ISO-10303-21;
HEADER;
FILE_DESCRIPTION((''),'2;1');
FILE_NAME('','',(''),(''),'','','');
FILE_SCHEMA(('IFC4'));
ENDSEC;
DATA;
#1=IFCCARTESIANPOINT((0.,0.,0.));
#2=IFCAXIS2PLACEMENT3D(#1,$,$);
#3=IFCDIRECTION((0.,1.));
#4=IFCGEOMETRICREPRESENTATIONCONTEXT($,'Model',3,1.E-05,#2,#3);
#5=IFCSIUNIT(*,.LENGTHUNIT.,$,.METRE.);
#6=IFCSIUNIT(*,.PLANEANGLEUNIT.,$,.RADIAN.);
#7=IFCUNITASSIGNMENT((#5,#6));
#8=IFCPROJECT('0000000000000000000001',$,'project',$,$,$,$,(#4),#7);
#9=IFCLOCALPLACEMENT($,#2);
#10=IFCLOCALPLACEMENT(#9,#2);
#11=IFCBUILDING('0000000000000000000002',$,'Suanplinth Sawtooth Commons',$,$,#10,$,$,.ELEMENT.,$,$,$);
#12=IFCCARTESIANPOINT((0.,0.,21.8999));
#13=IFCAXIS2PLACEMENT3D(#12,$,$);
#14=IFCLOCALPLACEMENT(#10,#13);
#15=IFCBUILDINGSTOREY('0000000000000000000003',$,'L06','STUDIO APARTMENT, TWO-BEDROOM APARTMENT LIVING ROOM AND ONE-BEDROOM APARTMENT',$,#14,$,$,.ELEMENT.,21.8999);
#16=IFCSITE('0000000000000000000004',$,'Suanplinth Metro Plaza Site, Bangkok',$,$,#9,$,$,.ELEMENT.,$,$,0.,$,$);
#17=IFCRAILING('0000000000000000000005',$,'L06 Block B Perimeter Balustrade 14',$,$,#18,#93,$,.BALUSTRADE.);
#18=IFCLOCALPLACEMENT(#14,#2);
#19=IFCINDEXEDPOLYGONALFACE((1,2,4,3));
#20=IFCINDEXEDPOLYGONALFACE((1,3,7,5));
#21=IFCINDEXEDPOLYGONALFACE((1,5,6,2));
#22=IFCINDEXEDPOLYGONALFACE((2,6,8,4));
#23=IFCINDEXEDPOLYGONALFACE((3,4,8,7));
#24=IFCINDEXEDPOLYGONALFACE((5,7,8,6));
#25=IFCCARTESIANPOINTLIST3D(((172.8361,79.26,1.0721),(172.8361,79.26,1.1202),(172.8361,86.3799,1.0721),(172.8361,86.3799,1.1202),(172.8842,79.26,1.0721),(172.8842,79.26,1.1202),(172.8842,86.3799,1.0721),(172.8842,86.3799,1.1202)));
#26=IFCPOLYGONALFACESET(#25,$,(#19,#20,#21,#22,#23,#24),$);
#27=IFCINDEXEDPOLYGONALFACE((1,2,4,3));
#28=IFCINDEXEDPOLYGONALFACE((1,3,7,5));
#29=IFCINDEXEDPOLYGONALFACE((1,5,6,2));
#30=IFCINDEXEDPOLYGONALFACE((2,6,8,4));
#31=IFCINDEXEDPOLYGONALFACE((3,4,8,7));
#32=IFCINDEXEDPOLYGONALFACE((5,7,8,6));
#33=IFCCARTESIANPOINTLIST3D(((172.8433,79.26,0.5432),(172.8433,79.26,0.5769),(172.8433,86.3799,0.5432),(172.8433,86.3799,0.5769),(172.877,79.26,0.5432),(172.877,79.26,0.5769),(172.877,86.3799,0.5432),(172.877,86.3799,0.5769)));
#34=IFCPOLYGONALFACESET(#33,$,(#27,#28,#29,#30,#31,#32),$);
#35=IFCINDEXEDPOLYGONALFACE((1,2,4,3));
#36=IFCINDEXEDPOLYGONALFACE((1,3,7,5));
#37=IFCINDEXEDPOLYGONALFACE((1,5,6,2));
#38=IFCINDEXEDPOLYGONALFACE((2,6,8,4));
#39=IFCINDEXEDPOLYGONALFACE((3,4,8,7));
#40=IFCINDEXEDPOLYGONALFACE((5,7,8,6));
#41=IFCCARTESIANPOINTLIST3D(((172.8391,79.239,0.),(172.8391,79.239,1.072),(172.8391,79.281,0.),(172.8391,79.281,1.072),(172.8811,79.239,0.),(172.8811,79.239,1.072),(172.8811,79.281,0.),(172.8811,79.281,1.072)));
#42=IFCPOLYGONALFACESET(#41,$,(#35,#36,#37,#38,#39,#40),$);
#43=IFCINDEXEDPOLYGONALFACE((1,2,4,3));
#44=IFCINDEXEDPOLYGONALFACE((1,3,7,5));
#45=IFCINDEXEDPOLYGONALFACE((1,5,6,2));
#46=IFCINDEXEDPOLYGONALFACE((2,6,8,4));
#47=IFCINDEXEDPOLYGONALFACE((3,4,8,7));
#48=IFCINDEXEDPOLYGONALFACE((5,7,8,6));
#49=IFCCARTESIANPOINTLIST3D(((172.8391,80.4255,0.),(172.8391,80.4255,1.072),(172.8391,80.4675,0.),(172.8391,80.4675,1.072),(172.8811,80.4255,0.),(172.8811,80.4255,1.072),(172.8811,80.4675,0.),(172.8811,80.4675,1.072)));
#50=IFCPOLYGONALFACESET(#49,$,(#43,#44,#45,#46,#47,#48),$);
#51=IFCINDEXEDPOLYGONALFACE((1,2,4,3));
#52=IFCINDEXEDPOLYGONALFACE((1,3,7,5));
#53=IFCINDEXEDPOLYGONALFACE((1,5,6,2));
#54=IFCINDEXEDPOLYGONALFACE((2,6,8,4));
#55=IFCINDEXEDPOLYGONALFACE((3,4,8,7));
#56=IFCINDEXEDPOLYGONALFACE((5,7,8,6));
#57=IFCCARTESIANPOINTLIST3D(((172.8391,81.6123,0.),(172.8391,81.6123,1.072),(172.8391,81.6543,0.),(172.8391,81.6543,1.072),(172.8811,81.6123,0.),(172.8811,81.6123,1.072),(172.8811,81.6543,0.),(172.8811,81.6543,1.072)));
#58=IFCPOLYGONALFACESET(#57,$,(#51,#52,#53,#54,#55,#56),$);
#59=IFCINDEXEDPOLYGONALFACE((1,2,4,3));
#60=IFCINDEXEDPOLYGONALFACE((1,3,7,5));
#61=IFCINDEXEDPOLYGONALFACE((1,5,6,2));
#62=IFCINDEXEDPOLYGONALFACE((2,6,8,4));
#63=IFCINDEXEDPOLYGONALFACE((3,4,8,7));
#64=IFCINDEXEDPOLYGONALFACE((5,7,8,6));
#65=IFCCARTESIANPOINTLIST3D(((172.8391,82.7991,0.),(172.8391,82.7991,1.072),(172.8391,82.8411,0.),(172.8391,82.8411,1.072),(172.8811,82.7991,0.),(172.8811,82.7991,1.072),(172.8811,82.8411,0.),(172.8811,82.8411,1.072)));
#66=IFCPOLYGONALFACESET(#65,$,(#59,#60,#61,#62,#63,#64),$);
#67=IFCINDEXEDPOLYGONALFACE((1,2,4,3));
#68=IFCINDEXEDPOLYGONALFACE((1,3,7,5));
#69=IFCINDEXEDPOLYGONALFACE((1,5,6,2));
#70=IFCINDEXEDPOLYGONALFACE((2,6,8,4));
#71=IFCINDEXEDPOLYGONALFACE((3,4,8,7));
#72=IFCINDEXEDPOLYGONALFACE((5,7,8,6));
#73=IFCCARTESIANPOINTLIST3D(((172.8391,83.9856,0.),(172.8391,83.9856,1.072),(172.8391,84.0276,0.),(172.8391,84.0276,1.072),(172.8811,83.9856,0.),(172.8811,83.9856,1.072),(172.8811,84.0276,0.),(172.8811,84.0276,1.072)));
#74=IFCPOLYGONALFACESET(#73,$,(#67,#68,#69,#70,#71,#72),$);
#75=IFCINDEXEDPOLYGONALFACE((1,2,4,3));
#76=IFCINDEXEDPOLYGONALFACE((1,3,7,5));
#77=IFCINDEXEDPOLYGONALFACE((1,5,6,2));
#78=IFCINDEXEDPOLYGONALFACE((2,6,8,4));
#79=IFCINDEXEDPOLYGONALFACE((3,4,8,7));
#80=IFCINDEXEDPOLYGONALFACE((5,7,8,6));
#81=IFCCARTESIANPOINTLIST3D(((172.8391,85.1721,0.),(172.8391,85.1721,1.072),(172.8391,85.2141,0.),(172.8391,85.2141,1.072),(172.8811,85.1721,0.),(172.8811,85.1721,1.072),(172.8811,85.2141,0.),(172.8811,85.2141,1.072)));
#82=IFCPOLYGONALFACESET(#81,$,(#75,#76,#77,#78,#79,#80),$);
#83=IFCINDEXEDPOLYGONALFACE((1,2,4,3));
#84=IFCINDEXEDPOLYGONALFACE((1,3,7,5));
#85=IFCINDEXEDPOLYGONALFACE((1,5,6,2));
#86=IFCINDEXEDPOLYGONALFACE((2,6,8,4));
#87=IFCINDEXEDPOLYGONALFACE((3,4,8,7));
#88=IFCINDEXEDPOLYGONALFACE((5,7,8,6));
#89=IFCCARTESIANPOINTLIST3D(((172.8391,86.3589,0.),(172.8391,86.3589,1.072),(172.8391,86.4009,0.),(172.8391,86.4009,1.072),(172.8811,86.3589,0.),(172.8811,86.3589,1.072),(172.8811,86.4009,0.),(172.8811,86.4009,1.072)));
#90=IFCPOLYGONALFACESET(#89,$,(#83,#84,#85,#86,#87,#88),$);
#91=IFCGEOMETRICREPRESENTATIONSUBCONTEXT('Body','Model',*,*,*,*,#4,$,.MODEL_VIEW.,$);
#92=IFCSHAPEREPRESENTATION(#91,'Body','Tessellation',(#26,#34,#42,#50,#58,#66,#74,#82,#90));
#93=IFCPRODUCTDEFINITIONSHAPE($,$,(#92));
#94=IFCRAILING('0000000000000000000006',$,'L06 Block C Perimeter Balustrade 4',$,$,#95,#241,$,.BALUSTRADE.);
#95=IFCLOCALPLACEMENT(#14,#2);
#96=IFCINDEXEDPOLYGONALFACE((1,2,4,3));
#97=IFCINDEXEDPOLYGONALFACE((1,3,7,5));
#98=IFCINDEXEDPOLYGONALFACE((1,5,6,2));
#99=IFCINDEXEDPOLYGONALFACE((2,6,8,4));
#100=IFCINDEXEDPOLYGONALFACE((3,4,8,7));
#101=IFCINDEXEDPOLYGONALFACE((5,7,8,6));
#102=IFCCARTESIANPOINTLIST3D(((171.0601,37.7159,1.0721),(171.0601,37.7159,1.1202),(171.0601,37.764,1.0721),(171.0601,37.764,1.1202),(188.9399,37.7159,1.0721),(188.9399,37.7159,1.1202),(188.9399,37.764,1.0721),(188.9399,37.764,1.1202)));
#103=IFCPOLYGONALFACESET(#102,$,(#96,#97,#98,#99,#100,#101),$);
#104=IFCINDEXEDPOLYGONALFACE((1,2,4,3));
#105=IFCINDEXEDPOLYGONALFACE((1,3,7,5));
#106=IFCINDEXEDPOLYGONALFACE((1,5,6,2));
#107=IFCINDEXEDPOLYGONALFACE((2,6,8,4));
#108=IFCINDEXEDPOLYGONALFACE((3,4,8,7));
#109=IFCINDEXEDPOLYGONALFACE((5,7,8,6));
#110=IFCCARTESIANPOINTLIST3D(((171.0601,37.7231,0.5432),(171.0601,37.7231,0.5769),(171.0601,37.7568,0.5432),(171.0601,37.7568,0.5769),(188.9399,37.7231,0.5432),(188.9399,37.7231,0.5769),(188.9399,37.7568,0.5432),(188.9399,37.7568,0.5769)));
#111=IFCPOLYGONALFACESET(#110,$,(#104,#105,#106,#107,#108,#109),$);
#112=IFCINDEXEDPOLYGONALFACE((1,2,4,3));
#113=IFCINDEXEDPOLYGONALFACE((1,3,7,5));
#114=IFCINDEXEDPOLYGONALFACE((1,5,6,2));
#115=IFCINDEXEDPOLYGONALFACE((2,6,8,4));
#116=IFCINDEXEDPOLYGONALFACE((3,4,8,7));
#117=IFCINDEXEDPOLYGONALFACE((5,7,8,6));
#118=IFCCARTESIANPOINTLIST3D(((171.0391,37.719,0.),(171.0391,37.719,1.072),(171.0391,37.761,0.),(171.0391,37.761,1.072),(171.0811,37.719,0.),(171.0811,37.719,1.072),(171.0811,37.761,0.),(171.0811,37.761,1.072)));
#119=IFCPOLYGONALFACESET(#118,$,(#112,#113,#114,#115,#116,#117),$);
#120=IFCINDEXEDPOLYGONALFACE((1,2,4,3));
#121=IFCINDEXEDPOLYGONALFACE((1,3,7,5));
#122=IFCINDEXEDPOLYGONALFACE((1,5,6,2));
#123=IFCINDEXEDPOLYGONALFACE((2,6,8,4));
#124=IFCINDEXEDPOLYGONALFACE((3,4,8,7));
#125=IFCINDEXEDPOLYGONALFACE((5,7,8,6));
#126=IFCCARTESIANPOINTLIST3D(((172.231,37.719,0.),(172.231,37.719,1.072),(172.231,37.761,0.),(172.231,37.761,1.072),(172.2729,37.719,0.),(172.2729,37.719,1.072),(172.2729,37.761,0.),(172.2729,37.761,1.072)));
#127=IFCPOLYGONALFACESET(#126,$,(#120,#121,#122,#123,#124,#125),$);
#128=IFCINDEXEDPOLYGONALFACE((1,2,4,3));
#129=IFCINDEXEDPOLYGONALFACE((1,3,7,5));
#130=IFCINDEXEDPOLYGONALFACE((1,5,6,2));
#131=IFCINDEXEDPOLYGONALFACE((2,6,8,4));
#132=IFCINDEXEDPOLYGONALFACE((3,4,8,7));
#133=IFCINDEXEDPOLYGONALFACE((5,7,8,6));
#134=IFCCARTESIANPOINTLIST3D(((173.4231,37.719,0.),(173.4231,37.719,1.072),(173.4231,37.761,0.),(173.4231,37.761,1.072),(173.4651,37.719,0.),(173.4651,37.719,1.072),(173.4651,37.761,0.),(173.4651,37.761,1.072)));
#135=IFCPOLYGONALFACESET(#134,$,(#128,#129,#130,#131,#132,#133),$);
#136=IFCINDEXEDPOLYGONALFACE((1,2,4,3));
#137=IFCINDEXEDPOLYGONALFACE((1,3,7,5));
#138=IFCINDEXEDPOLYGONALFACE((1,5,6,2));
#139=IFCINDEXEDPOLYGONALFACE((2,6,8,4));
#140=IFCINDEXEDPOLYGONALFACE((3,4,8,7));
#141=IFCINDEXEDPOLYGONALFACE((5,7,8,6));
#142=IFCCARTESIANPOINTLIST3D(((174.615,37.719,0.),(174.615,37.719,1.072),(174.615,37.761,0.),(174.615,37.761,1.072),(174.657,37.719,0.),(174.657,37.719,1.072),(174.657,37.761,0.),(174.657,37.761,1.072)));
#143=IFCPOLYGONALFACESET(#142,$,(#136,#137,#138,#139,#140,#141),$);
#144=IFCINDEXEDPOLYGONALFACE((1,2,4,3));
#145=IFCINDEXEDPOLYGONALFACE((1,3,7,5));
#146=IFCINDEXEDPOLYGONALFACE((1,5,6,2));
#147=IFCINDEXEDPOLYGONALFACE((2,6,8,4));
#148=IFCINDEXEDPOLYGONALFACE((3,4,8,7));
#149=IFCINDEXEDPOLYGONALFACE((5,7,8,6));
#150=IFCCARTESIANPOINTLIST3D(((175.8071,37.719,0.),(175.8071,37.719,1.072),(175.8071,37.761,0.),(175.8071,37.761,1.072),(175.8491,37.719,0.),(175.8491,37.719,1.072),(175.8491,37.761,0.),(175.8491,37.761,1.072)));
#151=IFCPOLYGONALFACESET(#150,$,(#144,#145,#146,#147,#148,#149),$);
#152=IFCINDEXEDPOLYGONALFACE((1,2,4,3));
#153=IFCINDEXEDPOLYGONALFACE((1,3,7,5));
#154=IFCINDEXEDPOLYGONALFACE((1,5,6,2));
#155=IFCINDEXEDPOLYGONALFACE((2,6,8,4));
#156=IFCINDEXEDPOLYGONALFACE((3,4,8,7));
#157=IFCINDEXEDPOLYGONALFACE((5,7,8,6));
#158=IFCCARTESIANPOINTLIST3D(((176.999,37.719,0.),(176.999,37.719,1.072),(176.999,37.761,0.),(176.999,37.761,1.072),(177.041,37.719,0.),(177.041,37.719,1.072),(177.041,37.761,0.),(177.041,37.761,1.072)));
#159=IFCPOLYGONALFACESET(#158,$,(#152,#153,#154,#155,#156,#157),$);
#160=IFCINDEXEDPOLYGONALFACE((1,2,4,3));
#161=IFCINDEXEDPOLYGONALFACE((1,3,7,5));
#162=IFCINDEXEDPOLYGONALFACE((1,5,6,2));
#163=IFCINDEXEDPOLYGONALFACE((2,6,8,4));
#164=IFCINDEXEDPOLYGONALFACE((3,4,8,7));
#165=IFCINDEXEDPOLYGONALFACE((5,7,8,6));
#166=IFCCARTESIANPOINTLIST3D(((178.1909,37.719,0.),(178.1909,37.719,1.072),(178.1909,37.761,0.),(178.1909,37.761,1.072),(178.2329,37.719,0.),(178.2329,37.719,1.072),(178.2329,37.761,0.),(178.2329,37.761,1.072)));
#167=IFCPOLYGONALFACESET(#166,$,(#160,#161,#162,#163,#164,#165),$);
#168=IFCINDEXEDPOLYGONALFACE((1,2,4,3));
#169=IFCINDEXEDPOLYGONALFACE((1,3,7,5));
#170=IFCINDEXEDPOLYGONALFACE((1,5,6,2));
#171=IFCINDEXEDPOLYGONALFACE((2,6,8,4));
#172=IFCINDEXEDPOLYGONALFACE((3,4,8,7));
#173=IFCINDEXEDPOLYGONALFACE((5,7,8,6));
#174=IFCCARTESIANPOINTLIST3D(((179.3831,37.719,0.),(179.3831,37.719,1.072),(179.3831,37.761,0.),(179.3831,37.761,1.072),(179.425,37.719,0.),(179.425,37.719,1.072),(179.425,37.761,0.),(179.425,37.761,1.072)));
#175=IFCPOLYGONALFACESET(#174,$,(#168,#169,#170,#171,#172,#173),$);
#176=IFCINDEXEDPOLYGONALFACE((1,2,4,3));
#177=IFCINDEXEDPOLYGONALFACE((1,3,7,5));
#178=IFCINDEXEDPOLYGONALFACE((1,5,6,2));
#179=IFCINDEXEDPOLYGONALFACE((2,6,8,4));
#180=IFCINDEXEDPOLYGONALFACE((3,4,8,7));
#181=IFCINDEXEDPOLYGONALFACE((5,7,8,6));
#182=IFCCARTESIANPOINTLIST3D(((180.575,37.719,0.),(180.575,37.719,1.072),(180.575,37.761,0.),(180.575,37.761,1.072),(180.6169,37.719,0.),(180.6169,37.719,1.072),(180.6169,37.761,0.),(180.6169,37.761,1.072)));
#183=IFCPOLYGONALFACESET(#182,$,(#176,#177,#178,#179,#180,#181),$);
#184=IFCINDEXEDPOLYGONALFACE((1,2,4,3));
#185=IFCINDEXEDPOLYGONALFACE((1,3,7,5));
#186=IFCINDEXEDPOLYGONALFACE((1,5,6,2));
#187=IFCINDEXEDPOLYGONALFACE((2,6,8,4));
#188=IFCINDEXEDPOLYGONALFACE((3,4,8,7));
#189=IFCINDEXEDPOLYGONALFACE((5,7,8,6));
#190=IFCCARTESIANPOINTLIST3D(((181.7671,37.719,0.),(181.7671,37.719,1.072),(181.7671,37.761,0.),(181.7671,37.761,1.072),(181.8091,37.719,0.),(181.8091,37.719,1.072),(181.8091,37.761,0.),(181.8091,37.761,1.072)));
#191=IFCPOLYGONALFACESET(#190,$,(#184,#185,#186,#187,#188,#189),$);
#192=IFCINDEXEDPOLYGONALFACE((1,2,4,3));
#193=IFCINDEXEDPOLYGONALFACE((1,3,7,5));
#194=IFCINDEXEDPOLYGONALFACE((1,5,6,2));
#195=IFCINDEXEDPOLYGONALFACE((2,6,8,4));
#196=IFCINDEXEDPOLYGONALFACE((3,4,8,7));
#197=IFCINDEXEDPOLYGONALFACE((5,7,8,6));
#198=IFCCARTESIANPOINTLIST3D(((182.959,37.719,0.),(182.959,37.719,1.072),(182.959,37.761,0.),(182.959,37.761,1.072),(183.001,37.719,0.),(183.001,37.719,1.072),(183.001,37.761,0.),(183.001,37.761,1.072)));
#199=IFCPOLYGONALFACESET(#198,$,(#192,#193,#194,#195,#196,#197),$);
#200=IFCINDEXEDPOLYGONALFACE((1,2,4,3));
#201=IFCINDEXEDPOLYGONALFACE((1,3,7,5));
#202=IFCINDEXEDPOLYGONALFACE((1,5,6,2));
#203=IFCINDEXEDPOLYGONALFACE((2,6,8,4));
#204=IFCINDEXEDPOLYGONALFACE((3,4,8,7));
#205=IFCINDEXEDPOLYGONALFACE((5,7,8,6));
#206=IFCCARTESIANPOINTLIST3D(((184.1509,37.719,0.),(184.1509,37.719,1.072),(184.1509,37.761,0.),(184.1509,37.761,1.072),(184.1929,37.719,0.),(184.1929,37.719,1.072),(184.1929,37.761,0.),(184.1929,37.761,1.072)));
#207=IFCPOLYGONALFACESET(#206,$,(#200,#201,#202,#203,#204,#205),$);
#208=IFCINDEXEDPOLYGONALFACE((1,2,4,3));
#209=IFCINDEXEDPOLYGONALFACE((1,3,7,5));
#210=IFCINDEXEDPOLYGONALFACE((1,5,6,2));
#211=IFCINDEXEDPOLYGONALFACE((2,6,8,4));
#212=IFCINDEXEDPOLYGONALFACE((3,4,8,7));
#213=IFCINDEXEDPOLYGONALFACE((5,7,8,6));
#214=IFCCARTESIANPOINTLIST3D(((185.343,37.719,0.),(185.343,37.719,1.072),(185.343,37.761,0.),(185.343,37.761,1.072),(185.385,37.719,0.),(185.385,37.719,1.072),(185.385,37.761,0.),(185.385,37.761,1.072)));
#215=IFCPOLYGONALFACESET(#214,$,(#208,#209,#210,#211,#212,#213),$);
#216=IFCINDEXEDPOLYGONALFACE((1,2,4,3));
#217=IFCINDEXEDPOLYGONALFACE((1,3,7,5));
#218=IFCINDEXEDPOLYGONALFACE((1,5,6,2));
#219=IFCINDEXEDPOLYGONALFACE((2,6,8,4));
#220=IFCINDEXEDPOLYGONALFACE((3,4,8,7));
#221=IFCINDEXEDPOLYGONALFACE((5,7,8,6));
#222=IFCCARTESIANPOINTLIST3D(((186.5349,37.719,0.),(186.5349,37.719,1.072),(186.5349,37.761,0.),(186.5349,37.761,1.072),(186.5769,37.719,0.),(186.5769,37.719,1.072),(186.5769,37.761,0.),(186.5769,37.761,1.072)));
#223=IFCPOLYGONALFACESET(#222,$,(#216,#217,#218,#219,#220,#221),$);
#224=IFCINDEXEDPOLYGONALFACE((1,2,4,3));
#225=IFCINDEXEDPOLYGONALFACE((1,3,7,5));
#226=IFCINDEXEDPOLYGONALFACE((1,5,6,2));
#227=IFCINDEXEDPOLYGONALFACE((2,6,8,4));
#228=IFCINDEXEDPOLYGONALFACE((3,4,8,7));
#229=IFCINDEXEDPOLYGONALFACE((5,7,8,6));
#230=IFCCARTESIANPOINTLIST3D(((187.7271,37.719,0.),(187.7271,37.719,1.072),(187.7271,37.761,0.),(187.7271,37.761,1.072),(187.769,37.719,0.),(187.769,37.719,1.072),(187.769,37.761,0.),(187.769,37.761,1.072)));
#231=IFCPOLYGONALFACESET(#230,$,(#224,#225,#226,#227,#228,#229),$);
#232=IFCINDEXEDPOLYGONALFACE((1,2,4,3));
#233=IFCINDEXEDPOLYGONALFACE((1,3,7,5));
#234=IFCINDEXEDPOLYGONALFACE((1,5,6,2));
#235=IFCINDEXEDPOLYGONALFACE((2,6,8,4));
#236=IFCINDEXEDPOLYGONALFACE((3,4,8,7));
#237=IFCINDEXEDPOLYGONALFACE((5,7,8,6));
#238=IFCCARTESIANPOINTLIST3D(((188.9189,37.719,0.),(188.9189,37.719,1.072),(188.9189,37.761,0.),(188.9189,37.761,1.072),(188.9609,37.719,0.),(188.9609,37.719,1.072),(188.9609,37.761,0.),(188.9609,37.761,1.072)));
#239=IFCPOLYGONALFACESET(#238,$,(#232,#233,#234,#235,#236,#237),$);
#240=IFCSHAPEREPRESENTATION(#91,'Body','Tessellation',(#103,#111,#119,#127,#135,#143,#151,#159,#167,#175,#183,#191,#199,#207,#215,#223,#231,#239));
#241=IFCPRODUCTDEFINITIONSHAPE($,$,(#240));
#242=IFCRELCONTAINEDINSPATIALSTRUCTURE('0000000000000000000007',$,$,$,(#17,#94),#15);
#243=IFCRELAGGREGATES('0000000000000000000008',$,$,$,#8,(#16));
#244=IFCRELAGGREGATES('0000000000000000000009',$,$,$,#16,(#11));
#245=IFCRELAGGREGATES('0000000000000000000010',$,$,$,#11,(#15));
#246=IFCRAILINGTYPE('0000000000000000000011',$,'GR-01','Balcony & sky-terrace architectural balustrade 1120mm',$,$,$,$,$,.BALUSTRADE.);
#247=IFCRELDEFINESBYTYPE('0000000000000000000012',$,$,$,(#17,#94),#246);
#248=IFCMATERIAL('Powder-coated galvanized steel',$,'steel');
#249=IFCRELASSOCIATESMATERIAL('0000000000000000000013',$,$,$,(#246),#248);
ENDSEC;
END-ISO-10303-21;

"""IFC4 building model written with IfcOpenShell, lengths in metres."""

from ifc_helpers import new_model, si_unit, direction, frame, origin, origin_2d, place, context, subcontext, project, spatial, rectangle, extrude, material, type_object, element, save


model = new_model("IFC4")

# Units and contexts
model_context = context("Model", 3, precision=1e-05, world=origin(), true_north=direction((0.0, 1.0)))
body_context = subcontext(model_context, "Body", "Model", "MODEL_VIEW")
ifc_project = project(units=[si_unit("LENGTHUNIT", "METRE"), si_unit("PLANEANGLEUNIT", "RADIAN")], contexts=[model_context])

# Site, building, storey
site_placement = place(None, origin())
site = spatial("IfcSite", under=ifc_project, at=site_placement, Name="Suanplinth Metro Plaza Site, Bangkok", CompositionType="ELEMENT", RefElevation=0.0)
building_placement = place(site_placement, origin())
building = spatial("IfcBuilding", under=site, at=building_placement, Name="Suanplinth Sawtooth Commons", CompositionType="ELEMENT")
storey_placement = place(building_placement, frame((0.0, 0.0, 21.8999)))
storey = spatial("IfcBuildingStorey", under=building, at=storey_placement, Name="L06", Description="STUDIO APARTMENT, TWO-BEDROOM APARTMENT LIVING ROOM AND ONE-BEDROOM APARTMENT", CompositionType="ELEMENT", Elevation=21.8999)

# Railings
ifc_material_1 = material(Name="Powder-coated galvanized steel", Category="steel")
railing_type = type_object("IfcRailingType", Name="GR-01", Description="Balcony & sky-terrace architectural balustrade 1120mm", PredefinedType="BALUSTRADE", material=ifc_material_1)
railing_1_placement = place(storey_placement, frame((172.8601, 79.26, 0.0)))
element("IfcRailing", 1, at=railing_1_placement, inside=storey, type_object=railing_type, Name="L06 Block B Perimeter Balustrade 14", PredefinedType="BALUSTRADE", context=body_context, shape_type="SweptSolid", body=[
    extrude(rectangle(XDim=0.0481, YDim=0.0481, at=origin_2d()), frame((0.0, 0.0, 1.0962), z_axis=(0.0, 1.0, 0.0), x_axis=(-1.0, 0.0, 0.0)), (0.0, 0.0, 1.0), 7.1199),
    extrude(rectangle(XDim=0.0337, YDim=0.0337, at=origin_2d()), frame((0.0, 0.0, 0.5601), z_axis=(0.0, 1.0, 0.0), x_axis=(-1.0, 0.0, 0.0)), (0.0, 0.0, 1.0), 7.1199),
    extrude(rectangle(XDim=0.042, YDim=0.042, at=origin_2d()), origin(), (0.0, 0.0, 1.0), 1.072),
    extrude(rectangle(XDim=0.042, YDim=0.042, at=origin_2d()), frame((0.0, 1.1865, 0.0)), (0.0, 0.0, 1.0), 1.072),
    extrude(rectangle(XDim=0.042, YDim=0.042, at=origin_2d()), frame((0.0, 2.3733, 0.0)), (0.0, 0.0, 1.0), 1.072),
    extrude(rectangle(XDim=0.042, YDim=0.042, at=origin_2d()), frame((0.0, 3.5601, 0.0)), (0.0, 0.0, 1.0), 1.072),
    extrude(rectangle(XDim=0.042, YDim=0.042, at=origin_2d()), frame((0.0, 4.7466, 0.0)), (0.0, 0.0, 1.0), 1.072),
    extrude(rectangle(XDim=0.042, YDim=0.042, at=origin_2d()), frame((0.0, 5.9331, 0.0)), (0.0, 0.0, 1.0), 1.072),
    extrude(rectangle(XDim=0.042, YDim=0.042, at=origin_2d()), frame((0.0, 7.1199, 0.0)), (0.0, 0.0, 1.0), 1.072),
])
railing_2_placement = place(storey_placement, frame((171.0601, 37.74, 0.0)))
element("IfcRailing", 2, at=railing_2_placement, inside=storey, type_object=railing_type, Name="L06 Block C Perimeter Balustrade 4", PredefinedType="BALUSTRADE", context=body_context, shape_type="SweptSolid", body=[
    extrude(rectangle(XDim=0.0481, YDim=0.0481, at=origin_2d()), frame((0.0, 0.0, 1.0962), z_axis=(1.0, 0.0, 0.0), x_axis=(0.0, 1.0, 0.0)), (0.0, 0.0, 1.0), 17.8799),
    extrude(rectangle(XDim=0.0337, YDim=0.0337, at=origin_2d()), frame((0.0, 0.0, 0.5601), z_axis=(1.0, 0.0, 0.0), x_axis=(0.0, 1.0, 0.0)), (0.0, 0.0, 1.0), 17.8799),
    extrude(rectangle(XDim=0.042, YDim=0.042, at=origin_2d()), origin(), (0.0, 0.0, 1.0), 1.072),
    extrude(rectangle(XDim=0.042, YDim=0.042, at=origin_2d()), frame((1.1919, 0.0, 0.0)), (0.0, 0.0, 1.0), 1.072),
    extrude(rectangle(XDim=0.042, YDim=0.042, at=origin_2d()), frame((2.384, 0.0, 0.0)), (0.0, 0.0, 1.0), 1.072),
    extrude(rectangle(XDim=0.042, YDim=0.042, at=origin_2d()), frame((3.5759, 0.0, 0.0)), (0.0, 0.0, 1.0), 1.072),
    extrude(rectangle(XDim=0.042, YDim=0.042, at=origin_2d()), frame((4.7681, 0.0, 0.0)), (0.0, 0.0, 1.0), 1.072),
    extrude(rectangle(XDim=0.042, YDim=0.042, at=origin_2d()), frame((5.96, 0.0, 0.0)), (0.0, 0.0, 1.0), 1.072),
    extrude(rectangle(XDim=0.042, YDim=0.042, at=origin_2d()), frame((7.1519, 0.0, 0.0)), (0.0, 0.0, 1.0), 1.072),
    extrude(rectangle(XDim=0.042, YDim=0.042, at=origin_2d()), frame((8.344, 0.0, 0.0)), (0.0, 0.0, 1.0), 1.072),
    extrude(rectangle(XDim=0.042, YDim=0.042, at=origin_2d()), frame((9.5359, 0.0, 0.0)), (0.0, 0.0, 1.0), 1.072),
    extrude(rectangle(XDim=0.042, YDim=0.042, at=origin_2d()), frame((10.728, 0.0, 0.0)), (0.0, 0.0, 1.0), 1.072),
    extrude(rectangle(XDim=0.042, YDim=0.042, at=origin_2d()), frame((11.9199, 0.0, 0.0)), (0.0, 0.0, 1.0), 1.072),
    extrude(rectangle(XDim=0.042, YDim=0.042, at=origin_2d()), frame((13.1118, 0.0, 0.0)), (0.0, 0.0, 1.0), 1.072),
    extrude(rectangle(XDim=0.042, YDim=0.042, at=origin_2d()), frame((14.304, 0.0, 0.0)), (0.0, 0.0, 1.0), 1.072),
    extrude(rectangle(XDim=0.042, YDim=0.042, at=origin_2d()), frame((15.4958, 0.0, 0.0)), (0.0, 0.0, 1.0), 1.072),
    extrude(rectangle(XDim=0.042, YDim=0.042, at=origin_2d()), frame((16.688, 0.0, 0.0)), (0.0, 0.0, 1.0), 1.072),
    extrude(rectangle(XDim=0.042, YDim=0.042, at=origin_2d()), frame((17.8799, 0.0, 0.0)), (0.0, 0.0, 1.0), 1.072),
])

save(model, "model.ifc")
